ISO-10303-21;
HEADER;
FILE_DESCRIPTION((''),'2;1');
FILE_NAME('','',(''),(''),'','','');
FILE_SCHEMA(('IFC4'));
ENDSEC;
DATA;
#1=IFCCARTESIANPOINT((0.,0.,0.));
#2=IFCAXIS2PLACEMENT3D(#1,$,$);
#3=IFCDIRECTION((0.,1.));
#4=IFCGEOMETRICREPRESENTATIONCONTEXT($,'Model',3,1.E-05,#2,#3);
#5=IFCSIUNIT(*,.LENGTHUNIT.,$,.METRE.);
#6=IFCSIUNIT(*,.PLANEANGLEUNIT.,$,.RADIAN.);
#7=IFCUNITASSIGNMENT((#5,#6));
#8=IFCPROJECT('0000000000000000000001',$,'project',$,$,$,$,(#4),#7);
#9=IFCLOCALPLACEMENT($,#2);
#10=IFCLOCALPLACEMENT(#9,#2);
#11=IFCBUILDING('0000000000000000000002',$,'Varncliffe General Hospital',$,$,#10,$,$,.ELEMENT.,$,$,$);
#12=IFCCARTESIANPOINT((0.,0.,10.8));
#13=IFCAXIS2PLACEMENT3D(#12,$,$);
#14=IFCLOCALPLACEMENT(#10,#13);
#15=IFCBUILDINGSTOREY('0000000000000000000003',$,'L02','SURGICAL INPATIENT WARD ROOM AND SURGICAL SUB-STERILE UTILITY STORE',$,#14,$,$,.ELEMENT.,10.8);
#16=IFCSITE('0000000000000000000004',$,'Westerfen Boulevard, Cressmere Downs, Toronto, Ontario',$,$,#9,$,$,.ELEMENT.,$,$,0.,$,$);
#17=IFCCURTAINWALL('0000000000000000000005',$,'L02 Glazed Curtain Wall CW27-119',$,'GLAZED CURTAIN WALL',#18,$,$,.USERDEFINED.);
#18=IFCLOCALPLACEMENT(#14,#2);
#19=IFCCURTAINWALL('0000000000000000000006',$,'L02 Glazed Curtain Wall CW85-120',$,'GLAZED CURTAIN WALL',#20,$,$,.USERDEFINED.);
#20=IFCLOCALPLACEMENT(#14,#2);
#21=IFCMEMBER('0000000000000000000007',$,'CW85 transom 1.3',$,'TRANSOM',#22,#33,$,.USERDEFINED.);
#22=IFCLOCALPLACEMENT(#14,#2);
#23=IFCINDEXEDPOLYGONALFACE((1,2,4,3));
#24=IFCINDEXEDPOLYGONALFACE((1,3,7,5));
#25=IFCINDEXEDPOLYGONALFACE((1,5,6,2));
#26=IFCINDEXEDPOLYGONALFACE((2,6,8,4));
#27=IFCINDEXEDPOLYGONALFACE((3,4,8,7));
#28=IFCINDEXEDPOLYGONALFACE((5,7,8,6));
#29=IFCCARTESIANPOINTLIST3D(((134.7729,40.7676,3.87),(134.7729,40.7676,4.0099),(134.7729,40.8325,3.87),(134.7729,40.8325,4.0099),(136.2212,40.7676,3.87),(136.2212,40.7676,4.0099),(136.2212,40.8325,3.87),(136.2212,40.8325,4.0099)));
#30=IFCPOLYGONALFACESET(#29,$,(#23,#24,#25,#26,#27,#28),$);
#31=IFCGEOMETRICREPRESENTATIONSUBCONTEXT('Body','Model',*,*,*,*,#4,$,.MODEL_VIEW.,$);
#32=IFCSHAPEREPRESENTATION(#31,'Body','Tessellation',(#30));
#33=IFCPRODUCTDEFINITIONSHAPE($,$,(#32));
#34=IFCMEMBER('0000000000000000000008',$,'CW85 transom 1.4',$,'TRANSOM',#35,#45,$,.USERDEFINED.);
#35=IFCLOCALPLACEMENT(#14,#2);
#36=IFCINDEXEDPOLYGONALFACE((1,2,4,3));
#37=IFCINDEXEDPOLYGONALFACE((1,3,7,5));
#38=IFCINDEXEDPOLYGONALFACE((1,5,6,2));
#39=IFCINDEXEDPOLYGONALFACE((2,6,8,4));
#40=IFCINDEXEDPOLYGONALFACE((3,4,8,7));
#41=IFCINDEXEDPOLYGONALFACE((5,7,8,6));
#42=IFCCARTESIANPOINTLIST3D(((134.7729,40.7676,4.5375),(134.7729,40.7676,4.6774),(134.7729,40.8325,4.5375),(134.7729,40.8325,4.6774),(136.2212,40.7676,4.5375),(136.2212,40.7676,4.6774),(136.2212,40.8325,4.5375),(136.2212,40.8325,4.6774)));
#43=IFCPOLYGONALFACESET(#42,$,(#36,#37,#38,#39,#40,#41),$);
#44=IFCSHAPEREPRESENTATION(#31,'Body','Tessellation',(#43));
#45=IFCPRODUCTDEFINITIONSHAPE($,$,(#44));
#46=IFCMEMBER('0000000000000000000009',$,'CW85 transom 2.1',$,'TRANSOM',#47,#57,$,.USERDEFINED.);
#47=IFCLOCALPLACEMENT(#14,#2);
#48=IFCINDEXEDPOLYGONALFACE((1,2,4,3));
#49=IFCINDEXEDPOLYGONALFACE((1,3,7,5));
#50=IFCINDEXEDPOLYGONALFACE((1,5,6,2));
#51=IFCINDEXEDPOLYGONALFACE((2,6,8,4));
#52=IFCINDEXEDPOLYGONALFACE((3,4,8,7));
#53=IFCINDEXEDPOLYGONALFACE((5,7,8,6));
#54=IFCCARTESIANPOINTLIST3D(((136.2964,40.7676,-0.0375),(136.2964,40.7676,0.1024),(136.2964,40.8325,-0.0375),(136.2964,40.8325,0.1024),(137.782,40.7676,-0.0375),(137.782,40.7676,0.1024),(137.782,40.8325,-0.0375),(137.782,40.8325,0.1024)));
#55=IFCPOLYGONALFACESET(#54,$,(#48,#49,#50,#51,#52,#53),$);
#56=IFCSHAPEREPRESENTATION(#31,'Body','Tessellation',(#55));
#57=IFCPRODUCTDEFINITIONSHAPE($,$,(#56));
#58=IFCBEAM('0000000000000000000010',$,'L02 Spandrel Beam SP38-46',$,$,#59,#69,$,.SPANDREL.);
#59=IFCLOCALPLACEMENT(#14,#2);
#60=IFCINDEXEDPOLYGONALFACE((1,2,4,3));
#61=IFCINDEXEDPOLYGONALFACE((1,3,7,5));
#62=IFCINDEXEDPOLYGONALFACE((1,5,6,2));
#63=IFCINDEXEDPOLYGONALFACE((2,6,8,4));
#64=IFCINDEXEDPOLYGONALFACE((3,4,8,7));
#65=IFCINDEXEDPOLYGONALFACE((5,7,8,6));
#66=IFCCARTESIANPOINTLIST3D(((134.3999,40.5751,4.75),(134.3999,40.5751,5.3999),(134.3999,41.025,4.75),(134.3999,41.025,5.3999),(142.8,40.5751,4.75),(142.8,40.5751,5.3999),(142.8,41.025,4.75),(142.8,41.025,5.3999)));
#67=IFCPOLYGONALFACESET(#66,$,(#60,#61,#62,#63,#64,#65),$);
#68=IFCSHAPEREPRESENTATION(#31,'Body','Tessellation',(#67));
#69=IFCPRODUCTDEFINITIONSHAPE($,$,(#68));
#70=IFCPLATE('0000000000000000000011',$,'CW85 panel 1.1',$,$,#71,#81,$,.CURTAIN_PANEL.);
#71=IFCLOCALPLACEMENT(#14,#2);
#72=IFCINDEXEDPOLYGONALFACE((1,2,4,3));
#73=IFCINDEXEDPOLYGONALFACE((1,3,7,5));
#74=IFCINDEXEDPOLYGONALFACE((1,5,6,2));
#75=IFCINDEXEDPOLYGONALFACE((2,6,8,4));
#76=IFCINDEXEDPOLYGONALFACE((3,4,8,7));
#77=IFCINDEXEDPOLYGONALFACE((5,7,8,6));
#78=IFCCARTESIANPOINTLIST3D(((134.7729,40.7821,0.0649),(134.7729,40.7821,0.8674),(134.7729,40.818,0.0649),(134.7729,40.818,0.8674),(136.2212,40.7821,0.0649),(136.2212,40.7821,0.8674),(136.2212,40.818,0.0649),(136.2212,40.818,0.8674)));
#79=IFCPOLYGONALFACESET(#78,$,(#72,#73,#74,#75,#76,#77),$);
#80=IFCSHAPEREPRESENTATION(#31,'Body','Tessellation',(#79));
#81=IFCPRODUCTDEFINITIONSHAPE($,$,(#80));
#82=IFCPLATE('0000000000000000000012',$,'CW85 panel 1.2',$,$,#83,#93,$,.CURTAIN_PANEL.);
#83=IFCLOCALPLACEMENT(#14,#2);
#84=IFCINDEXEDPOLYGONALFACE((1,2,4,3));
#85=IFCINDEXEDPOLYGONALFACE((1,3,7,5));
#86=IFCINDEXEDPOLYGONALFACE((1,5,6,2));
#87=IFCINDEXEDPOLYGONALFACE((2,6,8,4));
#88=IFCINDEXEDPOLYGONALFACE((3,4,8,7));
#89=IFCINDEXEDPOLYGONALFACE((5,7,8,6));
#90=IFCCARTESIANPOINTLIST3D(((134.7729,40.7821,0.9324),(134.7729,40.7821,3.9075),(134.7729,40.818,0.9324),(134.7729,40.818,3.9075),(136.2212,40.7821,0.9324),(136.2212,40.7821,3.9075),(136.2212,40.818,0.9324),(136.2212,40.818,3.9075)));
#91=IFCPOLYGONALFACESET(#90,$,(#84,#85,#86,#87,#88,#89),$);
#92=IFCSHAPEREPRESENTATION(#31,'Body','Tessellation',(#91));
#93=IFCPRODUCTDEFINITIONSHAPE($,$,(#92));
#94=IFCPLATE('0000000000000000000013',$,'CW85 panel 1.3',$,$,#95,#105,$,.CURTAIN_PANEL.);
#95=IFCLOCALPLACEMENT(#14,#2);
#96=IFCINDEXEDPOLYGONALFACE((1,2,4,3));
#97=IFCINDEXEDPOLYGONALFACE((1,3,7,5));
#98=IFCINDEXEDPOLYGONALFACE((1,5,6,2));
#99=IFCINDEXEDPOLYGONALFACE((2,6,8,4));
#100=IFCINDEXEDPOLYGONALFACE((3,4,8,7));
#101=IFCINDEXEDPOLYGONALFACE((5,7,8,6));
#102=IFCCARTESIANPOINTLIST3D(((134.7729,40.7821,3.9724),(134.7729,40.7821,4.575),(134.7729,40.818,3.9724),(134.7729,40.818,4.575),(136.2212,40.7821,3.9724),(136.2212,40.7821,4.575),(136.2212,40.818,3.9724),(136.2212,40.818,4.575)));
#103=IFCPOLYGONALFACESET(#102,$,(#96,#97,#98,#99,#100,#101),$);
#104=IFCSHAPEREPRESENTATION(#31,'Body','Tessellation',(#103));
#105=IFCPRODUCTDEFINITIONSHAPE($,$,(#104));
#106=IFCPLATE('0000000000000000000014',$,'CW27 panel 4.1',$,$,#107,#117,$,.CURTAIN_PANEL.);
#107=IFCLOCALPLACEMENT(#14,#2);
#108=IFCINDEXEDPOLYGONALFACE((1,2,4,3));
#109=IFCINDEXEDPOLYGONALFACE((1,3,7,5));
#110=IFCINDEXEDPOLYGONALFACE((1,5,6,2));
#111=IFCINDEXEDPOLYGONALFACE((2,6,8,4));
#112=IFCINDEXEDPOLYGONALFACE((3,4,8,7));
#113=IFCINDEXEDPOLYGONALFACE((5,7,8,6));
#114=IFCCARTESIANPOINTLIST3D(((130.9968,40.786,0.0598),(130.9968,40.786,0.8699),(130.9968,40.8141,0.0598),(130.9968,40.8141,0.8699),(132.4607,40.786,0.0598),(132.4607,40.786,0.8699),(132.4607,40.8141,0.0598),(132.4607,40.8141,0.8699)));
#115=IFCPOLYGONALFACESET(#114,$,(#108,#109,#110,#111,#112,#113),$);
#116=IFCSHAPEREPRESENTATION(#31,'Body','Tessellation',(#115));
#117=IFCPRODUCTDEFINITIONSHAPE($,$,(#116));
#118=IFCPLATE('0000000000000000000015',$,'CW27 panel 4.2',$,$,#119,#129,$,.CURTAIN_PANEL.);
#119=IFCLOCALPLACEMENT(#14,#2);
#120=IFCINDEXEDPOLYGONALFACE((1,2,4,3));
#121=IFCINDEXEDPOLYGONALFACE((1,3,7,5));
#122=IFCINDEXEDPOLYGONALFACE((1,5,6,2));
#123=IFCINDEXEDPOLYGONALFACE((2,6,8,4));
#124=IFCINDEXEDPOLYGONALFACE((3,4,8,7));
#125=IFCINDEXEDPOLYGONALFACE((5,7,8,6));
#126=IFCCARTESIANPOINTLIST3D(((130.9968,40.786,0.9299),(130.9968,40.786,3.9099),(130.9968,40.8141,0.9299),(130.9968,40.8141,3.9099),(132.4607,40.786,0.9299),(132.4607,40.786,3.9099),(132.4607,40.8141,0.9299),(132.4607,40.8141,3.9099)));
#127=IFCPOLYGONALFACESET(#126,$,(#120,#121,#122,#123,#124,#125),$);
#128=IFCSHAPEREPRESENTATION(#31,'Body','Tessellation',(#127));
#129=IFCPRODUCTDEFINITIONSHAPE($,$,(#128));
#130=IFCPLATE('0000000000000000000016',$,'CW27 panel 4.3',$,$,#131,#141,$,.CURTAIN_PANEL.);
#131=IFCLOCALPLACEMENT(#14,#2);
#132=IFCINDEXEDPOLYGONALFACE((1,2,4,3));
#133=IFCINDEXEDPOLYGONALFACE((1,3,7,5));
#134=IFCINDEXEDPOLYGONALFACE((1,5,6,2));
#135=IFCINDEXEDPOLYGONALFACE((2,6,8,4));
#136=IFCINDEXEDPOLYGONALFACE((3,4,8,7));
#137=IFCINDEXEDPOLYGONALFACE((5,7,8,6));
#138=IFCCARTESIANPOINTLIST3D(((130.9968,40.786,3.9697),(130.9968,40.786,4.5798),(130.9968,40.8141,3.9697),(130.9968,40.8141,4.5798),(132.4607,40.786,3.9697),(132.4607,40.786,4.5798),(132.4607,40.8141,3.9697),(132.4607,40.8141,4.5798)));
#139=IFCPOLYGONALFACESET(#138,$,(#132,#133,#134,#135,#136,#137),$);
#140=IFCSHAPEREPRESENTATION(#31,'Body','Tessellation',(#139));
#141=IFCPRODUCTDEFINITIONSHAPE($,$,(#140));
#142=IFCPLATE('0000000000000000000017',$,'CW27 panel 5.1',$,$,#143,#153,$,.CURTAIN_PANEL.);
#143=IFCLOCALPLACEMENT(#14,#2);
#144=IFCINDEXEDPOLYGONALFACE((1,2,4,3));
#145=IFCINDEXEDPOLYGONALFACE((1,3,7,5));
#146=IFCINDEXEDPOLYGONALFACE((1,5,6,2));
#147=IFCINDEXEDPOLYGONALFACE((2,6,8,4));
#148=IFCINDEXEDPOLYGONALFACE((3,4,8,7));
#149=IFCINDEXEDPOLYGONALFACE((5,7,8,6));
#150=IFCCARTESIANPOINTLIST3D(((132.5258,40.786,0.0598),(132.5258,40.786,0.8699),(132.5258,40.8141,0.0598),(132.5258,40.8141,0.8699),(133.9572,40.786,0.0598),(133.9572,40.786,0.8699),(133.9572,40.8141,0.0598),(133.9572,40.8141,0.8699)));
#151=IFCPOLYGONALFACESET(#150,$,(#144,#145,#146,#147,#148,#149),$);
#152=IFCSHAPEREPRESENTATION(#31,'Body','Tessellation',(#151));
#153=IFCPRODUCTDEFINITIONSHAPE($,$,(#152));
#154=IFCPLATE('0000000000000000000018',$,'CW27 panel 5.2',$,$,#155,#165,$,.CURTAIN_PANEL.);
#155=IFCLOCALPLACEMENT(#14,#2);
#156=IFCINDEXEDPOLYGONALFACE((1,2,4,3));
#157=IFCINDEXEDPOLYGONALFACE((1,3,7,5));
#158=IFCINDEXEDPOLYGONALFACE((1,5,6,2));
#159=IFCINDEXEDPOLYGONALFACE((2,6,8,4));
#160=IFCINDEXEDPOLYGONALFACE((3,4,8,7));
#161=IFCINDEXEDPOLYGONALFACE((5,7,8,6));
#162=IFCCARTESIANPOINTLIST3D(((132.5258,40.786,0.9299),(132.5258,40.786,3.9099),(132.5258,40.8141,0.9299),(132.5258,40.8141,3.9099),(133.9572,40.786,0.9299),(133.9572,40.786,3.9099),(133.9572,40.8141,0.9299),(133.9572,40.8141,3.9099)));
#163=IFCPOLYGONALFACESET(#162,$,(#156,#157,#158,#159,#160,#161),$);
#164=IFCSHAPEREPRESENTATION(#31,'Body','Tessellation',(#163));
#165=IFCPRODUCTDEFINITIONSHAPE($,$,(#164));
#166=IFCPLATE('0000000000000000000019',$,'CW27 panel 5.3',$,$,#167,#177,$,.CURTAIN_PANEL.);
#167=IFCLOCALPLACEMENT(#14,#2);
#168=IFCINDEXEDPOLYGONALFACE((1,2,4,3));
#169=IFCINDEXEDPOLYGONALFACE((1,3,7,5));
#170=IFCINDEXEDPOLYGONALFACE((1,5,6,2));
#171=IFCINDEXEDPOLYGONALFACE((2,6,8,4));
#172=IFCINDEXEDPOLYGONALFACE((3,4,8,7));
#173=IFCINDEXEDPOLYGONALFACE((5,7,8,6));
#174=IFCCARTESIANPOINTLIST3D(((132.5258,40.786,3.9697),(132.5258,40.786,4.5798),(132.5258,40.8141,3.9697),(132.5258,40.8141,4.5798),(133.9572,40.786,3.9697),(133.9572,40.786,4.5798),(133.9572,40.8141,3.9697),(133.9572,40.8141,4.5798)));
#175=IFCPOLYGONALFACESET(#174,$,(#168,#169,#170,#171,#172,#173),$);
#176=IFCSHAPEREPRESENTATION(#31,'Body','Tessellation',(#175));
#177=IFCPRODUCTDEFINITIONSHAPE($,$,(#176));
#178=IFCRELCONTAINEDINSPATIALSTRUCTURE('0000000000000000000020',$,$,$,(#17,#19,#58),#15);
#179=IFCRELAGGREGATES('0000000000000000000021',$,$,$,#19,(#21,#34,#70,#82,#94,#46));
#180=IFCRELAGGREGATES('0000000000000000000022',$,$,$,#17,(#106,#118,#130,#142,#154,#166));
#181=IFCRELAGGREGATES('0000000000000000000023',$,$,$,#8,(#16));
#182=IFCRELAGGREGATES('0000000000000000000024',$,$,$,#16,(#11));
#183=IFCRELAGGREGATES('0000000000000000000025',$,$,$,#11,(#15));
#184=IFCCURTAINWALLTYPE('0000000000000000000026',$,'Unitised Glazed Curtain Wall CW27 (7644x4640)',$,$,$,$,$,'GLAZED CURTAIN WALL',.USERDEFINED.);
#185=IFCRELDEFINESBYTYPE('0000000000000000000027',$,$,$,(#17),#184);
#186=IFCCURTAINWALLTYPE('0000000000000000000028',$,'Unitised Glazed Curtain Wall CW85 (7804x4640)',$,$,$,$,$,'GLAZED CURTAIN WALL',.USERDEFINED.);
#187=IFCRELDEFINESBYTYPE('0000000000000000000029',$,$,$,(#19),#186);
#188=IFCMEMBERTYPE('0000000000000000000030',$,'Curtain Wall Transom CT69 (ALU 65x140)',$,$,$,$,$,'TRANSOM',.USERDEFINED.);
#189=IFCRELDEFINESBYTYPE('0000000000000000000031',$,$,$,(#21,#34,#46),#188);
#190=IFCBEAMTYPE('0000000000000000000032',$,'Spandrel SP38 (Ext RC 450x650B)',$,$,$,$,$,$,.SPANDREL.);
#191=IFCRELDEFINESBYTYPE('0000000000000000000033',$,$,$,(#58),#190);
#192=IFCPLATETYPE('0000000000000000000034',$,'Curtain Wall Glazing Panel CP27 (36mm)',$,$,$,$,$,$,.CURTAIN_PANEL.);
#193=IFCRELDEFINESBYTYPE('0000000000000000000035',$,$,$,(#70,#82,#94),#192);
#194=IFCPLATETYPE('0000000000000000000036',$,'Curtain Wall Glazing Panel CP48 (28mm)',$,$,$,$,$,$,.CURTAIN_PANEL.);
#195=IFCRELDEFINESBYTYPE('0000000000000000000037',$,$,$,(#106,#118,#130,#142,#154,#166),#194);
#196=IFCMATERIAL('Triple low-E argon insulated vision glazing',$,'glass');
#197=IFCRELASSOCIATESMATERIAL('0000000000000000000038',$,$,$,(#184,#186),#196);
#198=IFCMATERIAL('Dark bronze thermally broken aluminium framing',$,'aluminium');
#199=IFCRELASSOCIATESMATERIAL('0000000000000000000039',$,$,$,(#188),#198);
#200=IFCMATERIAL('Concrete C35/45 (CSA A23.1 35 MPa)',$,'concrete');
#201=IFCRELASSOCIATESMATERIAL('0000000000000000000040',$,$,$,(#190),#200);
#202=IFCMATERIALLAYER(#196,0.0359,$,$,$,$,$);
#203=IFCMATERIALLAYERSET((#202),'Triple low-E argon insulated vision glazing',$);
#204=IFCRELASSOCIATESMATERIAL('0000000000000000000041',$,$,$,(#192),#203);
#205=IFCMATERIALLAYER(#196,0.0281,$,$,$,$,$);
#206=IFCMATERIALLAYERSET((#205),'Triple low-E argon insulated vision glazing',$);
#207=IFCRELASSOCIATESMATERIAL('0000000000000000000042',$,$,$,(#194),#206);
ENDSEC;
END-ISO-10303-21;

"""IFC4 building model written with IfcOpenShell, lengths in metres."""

from ifc_helpers import new_model, si_unit, direction, frame, origin, origin_2d, place, context, subcontext, project, spatial, rectangle, extrude, material, layer, layer_set, material_profile, profile_set, type_object, element, aggregate, save


model = new_model("IFC4")

# Units and contexts
model_context = context("Model", 3, precision=1e-05, world=origin(), true_north=direction((0.0, 1.0)))
body_context = subcontext(model_context, "Body", "Model", "MODEL_VIEW")
ifc_project = project(units=[si_unit("LENGTHUNIT", "METRE"), si_unit("PLANEANGLEUNIT", "RADIAN")], contexts=[model_context])

# Site, building, storey
site_placement = place(None, origin())
site = spatial("IfcSite", under=ifc_project, at=site_placement, Name="Westerfen Boulevard, Cressmere Downs, Toronto, Ontario", CompositionType="ELEMENT", RefElevation=0.0)
building_placement = place(site_placement, origin())
building = spatial("IfcBuilding", under=site, at=building_placement, Name="Varncliffe General Hospital", CompositionType="ELEMENT")
storey_placement = place(building_placement, frame((0.0, 0.0, 10.8)))
storey = spatial("IfcBuildingStorey", under=building, at=storey_placement, Name="L02", Description="SURGICAL INPATIENT WARD ROOM AND SURGICAL SUB-STERILE UTILITY STORE", CompositionType="ELEMENT", Elevation=10.8)

# Curtain walls
ifc_material_1 = material(Name="Triple low-E argon insulated vision glazing", Category="glass")
curtain_wall_type_1 = type_object("IfcCurtainWallType", Name="Unitised Glazed Curtain Wall CW27 (7644x4640)", ElementType="GLAZED CURTAIN WALL", PredefinedType="USERDEFINED", material=ifc_material_1)
curtain_wall_1_placement = place(storey_placement, origin())
curtain_wall_1 = element("IfcCurtainWall", 1, at=curtain_wall_1_placement, inside=storey, type_object=curtain_wall_type_1, Name="L02 Glazed Curtain Wall CW27-119", ObjectType="GLAZED CURTAIN WALL", PredefinedType="USERDEFINED")
ifc_material_2 = material(Name="Dark bronze thermally broken aluminium framing", Category="aluminium")
curtain_wall_type_2 = type_object("IfcCurtainWallType", Name="Unitised Glazed Curtain Wall CW85 (7804x4640)", ElementType="GLAZED CURTAIN WALL", PredefinedType="USERDEFINED", material=ifc_material_1)
curtain_wall_2_placement = place(storey_placement, origin())
curtain_wall_2 = element("IfcCurtainWall", 2, at=curtain_wall_2_placement, inside=storey, type_object=curtain_wall_type_2, Name="L02 Glazed Curtain Wall CW85-120", ObjectType="GLAZED CURTAIN WALL", PredefinedType="USERDEFINED")

# Members
ifc_material_profile_1 = material_profile(ifc_material_2, rectangle(XDim=0.0649, YDim=0.1399, at=origin_2d()), Name="ALU 65x140")
ifc_profile_set_1 = profile_set([ifc_material_profile_1], Name="Dark bronze thermally broken aluminium framing")
member_type_1 = type_object("IfcMemberType", Name="Curtain Wall Transom CT69 (ALU 65x140)", ElementType="TRANSOM", PredefinedType="USERDEFINED", material=ifc_profile_set_1)
member_1_placement = place(storey_placement, frame((134.7729, 40.8, 3.9399), z_axis=(1.0, 0.0, 0.0), x_axis=(0.0, 1.0, 0.0)))
member_1 = element("IfcMember", 3, at=member_1_placement, type_object=member_type_1, Name="CW85 transom 1.3", ObjectType="TRANSOM", PredefinedType="USERDEFINED", context=body_context, shape_type="SweptSolid", body=[
    extrude(rectangle(XDim=0.0649, YDim=0.1399, at=origin_2d()), origin(), (0.0, 0.0, 1.0), 1.4482),
])
member_2_placement = place(storey_placement, frame((134.7729, 40.8, 4.6074), z_axis=(1.0, 0.0, 0.0), x_axis=(0.0, 1.0, 0.0)))
member_2 = element("IfcMember", 4, at=member_2_placement, type_object=member_type_1, Name="CW85 transom 1.4", ObjectType="TRANSOM", PredefinedType="USERDEFINED", context=body_context, shape_type="SweptSolid", body=[
    extrude(rectangle(XDim=0.0649, YDim=0.1399, at=origin_2d()), origin(), (0.0, 0.0, 1.0), 1.4482),
])
member_3_placement = place(storey_placement, frame((136.2964, 40.8, 0.0325), z_axis=(1.0, 0.0, 0.0), x_axis=(0.0, 1.0, 0.0)))
member_3 = element("IfcMember", 5, at=member_3_placement, type_object=member_type_1, Name="CW85 transom 2.1", ObjectType="TRANSOM", PredefinedType="USERDEFINED", context=body_context, shape_type="SweptSolid", body=[
    extrude(rectangle(XDim=0.0649, YDim=0.1399, at=origin_2d()), origin(), (0.0, 0.0, 1.0), 1.4856),
])

# Beam
ifc_material_3 = material(Name="Concrete C35/45 (CSA A23.1 35 MPa)", Category="concrete")
ifc_material_profile_2 = material_profile(ifc_material_3, rectangle(XDim=0.45, YDim=0.6499, at=origin_2d()), Name="RC 450x650")
ifc_profile_set_2 = profile_set([ifc_material_profile_2], Name="Concrete C35/45 (CSA A23.1 35 MPa)")
beam_type = type_object("IfcBeamType", Name="Spandrel SP38 (Ext RC 450x650B)", PredefinedType="SPANDREL", material=ifc_profile_set_2)
beam_placement = place(storey_placement, frame((134.3999, 40.8, 5.075), z_axis=(1.0, 0.0, 0.0), x_axis=(0.0, 1.0, 0.0)))
element("IfcBeam", 6, at=beam_placement, inside=storey, type_object=beam_type, Name="L02 Spandrel Beam SP38-46", PredefinedType="SPANDREL", context=body_context, shape_type="SweptSolid", body=[
    extrude(rectangle(XDim=0.45, YDim=0.6499, at=origin_2d()), origin(), (0.0, 0.0, 1.0), 8.4001),
])

# Plates
ifc_layer_1 = layer(ifc_material_1, 0.0359)
ifc_layer_set_1 = layer_set([ifc_layer_1], Name="Triple low-E argon insulated vision glazing")
plate_type_1 = type_object("IfcPlateType", Name="Curtain Wall Glazing Panel CP27 (36mm)", PredefinedType="CURTAIN_PANEL", material=ifc_layer_set_1)
plate_1_placement = place(storey_placement, frame((135.4971, 40.8, 0.0649), z_axis=(0.0, 0.0, 1.0), x_axis=(1.0, 0.0, 0.0)))
plate_1 = element("IfcPlate", 7, at=plate_1_placement, type_object=plate_type_1, Name="CW85 panel 1.1", PredefinedType="CURTAIN_PANEL", context=body_context, shape_type="SweptSolid", body=[
    extrude(rectangle(XDim=1.4482, YDim=0.0359, at=origin_2d()), origin(), (0.0, 0.0, 1.0), 0.8025),
])
plate_2_placement = place(storey_placement, frame((135.4971, 40.8, 0.9324), z_axis=(0.0, 0.0, 1.0), x_axis=(1.0, 0.0, 0.0)))
plate_2 = element("IfcPlate", 8, at=plate_2_placement, type_object=plate_type_1, Name="CW85 panel 1.2", PredefinedType="CURTAIN_PANEL", context=body_context, shape_type="SweptSolid", body=[
    extrude(rectangle(XDim=1.4482, YDim=0.0359, at=origin_2d()), origin(), (0.0, 0.0, 1.0), 2.9751),
])
plate_3_placement = place(storey_placement, frame((135.4971, 40.8, 3.9724), z_axis=(0.0, 0.0, 1.0), x_axis=(1.0, 0.0, 0.0)))
plate_3 = element("IfcPlate", 9, at=plate_3_placement, type_object=plate_type_1, Name="CW85 panel 1.3", PredefinedType="CURTAIN_PANEL", context=body_context, shape_type="SweptSolid", body=[
    extrude(rectangle(XDim=1.4482, YDim=0.0359, at=origin_2d()), origin(), (0.0, 0.0, 1.0), 0.6025),
])
aggregate(curtain_wall_2, [member_1, member_2, plate_1, plate_2, plate_3, member_3])
ifc_layer_2 = layer(ifc_material_1, 0.0281)
ifc_layer_set_2 = layer_set([ifc_layer_2], Name="Triple low-E argon insulated vision glazing")
plate_type_2 = type_object("IfcPlateType", Name="Curtain Wall Glazing Panel CP48 (28mm)", PredefinedType="CURTAIN_PANEL", material=ifc_layer_set_2)
plate_4_placement = place(storey_placement, frame((131.7288, 40.8, 0.0598), z_axis=(0.0, 0.0, 1.0), x_axis=(1.0, 0.0, 0.0)))
plate_4 = element("IfcPlate", 10, at=plate_4_placement, type_object=plate_type_2, Name="CW27 panel 4.1", PredefinedType="CURTAIN_PANEL", context=body_context, shape_type="SweptSolid", body=[
    extrude(rectangle(XDim=1.4639, YDim=0.0281, at=origin_2d()), origin(), (0.0, 0.0, 1.0), 0.8101),
])
plate_5_placement = place(storey_placement, frame((131.7288, 40.8, 0.9299), z_axis=(0.0, 0.0, 1.0), x_axis=(1.0, 0.0, 0.0)))
plate_5 = element("IfcPlate", 11, at=plate_5_placement, type_object=plate_type_2, Name="CW27 panel 4.2", PredefinedType="CURTAIN_PANEL", context=body_context, shape_type="SweptSolid", body=[
    extrude(rectangle(XDim=1.4639, YDim=0.0281, at=origin_2d()), origin(), (0.0, 0.0, 1.0), 2.98),
])
plate_6_placement = place(storey_placement, frame((131.7288, 40.8, 3.9697), z_axis=(0.0, 0.0, 1.0), x_axis=(1.0, 0.0, 0.0)))
plate_6 = element("IfcPlate", 12, at=plate_6_placement, type_object=plate_type_2, Name="CW27 panel 4.3", PredefinedType="CURTAIN_PANEL", context=body_context, shape_type="SweptSolid", body=[
    extrude(rectangle(XDim=1.4639, YDim=0.0281, at=origin_2d()), origin(), (0.0, 0.0, 1.0), 0.6101),
])
plate_7_placement = place(storey_placement, frame((133.2415, 40.8, 0.0598), z_axis=(0.0, 0.0, 1.0), x_axis=(1.0, 0.0, 0.0)))
plate_7 = element("IfcPlate", 13, at=plate_7_placement, type_object=plate_type_2, Name="CW27 panel 5.1", PredefinedType="CURTAIN_PANEL", context=body_context, shape_type="SweptSolid", body=[
    extrude(rectangle(XDim=1.4314, YDim=0.0281, at=origin_2d()), origin(), (0.0, 0.0, 1.0), 0.8101),
])
plate_8_placement = place(storey_placement, frame((133.2415, 40.8, 0.9299), z_axis=(0.0, 0.0, 1.0), x_axis=(1.0, 0.0, 0.0)))
plate_8 = element("IfcPlate", 14, at=plate_8_placement, type_object=plate_type_2, Name="CW27 panel 5.2", PredefinedType="CURTAIN_PANEL", context=body_context, shape_type="SweptSolid", body=[
    extrude(rectangle(XDim=1.4314, YDim=0.0281, at=origin_2d()), origin(), (0.0, 0.0, 1.0), 2.98),
])
plate_9_placement = place(storey_placement, frame((133.2415, 40.8, 3.9697), z_axis=(0.0, 0.0, 1.0), x_axis=(1.0, 0.0, 0.0)))
plate_9 = element("IfcPlate", 15, at=plate_9_placement, type_object=plate_type_2, Name="CW27 panel 5.3", PredefinedType="CURTAIN_PANEL", context=body_context, shape_type="SweptSolid", body=[
    extrude(rectangle(XDim=1.4314, YDim=0.0281, at=origin_2d()), origin(), (0.0, 0.0, 1.0), 0.6101),
])
aggregate(curtain_wall_1, [plate_4, plate_5, plate_6, plate_7, plate_8, plate_9])

save(model, "model.ifc")
